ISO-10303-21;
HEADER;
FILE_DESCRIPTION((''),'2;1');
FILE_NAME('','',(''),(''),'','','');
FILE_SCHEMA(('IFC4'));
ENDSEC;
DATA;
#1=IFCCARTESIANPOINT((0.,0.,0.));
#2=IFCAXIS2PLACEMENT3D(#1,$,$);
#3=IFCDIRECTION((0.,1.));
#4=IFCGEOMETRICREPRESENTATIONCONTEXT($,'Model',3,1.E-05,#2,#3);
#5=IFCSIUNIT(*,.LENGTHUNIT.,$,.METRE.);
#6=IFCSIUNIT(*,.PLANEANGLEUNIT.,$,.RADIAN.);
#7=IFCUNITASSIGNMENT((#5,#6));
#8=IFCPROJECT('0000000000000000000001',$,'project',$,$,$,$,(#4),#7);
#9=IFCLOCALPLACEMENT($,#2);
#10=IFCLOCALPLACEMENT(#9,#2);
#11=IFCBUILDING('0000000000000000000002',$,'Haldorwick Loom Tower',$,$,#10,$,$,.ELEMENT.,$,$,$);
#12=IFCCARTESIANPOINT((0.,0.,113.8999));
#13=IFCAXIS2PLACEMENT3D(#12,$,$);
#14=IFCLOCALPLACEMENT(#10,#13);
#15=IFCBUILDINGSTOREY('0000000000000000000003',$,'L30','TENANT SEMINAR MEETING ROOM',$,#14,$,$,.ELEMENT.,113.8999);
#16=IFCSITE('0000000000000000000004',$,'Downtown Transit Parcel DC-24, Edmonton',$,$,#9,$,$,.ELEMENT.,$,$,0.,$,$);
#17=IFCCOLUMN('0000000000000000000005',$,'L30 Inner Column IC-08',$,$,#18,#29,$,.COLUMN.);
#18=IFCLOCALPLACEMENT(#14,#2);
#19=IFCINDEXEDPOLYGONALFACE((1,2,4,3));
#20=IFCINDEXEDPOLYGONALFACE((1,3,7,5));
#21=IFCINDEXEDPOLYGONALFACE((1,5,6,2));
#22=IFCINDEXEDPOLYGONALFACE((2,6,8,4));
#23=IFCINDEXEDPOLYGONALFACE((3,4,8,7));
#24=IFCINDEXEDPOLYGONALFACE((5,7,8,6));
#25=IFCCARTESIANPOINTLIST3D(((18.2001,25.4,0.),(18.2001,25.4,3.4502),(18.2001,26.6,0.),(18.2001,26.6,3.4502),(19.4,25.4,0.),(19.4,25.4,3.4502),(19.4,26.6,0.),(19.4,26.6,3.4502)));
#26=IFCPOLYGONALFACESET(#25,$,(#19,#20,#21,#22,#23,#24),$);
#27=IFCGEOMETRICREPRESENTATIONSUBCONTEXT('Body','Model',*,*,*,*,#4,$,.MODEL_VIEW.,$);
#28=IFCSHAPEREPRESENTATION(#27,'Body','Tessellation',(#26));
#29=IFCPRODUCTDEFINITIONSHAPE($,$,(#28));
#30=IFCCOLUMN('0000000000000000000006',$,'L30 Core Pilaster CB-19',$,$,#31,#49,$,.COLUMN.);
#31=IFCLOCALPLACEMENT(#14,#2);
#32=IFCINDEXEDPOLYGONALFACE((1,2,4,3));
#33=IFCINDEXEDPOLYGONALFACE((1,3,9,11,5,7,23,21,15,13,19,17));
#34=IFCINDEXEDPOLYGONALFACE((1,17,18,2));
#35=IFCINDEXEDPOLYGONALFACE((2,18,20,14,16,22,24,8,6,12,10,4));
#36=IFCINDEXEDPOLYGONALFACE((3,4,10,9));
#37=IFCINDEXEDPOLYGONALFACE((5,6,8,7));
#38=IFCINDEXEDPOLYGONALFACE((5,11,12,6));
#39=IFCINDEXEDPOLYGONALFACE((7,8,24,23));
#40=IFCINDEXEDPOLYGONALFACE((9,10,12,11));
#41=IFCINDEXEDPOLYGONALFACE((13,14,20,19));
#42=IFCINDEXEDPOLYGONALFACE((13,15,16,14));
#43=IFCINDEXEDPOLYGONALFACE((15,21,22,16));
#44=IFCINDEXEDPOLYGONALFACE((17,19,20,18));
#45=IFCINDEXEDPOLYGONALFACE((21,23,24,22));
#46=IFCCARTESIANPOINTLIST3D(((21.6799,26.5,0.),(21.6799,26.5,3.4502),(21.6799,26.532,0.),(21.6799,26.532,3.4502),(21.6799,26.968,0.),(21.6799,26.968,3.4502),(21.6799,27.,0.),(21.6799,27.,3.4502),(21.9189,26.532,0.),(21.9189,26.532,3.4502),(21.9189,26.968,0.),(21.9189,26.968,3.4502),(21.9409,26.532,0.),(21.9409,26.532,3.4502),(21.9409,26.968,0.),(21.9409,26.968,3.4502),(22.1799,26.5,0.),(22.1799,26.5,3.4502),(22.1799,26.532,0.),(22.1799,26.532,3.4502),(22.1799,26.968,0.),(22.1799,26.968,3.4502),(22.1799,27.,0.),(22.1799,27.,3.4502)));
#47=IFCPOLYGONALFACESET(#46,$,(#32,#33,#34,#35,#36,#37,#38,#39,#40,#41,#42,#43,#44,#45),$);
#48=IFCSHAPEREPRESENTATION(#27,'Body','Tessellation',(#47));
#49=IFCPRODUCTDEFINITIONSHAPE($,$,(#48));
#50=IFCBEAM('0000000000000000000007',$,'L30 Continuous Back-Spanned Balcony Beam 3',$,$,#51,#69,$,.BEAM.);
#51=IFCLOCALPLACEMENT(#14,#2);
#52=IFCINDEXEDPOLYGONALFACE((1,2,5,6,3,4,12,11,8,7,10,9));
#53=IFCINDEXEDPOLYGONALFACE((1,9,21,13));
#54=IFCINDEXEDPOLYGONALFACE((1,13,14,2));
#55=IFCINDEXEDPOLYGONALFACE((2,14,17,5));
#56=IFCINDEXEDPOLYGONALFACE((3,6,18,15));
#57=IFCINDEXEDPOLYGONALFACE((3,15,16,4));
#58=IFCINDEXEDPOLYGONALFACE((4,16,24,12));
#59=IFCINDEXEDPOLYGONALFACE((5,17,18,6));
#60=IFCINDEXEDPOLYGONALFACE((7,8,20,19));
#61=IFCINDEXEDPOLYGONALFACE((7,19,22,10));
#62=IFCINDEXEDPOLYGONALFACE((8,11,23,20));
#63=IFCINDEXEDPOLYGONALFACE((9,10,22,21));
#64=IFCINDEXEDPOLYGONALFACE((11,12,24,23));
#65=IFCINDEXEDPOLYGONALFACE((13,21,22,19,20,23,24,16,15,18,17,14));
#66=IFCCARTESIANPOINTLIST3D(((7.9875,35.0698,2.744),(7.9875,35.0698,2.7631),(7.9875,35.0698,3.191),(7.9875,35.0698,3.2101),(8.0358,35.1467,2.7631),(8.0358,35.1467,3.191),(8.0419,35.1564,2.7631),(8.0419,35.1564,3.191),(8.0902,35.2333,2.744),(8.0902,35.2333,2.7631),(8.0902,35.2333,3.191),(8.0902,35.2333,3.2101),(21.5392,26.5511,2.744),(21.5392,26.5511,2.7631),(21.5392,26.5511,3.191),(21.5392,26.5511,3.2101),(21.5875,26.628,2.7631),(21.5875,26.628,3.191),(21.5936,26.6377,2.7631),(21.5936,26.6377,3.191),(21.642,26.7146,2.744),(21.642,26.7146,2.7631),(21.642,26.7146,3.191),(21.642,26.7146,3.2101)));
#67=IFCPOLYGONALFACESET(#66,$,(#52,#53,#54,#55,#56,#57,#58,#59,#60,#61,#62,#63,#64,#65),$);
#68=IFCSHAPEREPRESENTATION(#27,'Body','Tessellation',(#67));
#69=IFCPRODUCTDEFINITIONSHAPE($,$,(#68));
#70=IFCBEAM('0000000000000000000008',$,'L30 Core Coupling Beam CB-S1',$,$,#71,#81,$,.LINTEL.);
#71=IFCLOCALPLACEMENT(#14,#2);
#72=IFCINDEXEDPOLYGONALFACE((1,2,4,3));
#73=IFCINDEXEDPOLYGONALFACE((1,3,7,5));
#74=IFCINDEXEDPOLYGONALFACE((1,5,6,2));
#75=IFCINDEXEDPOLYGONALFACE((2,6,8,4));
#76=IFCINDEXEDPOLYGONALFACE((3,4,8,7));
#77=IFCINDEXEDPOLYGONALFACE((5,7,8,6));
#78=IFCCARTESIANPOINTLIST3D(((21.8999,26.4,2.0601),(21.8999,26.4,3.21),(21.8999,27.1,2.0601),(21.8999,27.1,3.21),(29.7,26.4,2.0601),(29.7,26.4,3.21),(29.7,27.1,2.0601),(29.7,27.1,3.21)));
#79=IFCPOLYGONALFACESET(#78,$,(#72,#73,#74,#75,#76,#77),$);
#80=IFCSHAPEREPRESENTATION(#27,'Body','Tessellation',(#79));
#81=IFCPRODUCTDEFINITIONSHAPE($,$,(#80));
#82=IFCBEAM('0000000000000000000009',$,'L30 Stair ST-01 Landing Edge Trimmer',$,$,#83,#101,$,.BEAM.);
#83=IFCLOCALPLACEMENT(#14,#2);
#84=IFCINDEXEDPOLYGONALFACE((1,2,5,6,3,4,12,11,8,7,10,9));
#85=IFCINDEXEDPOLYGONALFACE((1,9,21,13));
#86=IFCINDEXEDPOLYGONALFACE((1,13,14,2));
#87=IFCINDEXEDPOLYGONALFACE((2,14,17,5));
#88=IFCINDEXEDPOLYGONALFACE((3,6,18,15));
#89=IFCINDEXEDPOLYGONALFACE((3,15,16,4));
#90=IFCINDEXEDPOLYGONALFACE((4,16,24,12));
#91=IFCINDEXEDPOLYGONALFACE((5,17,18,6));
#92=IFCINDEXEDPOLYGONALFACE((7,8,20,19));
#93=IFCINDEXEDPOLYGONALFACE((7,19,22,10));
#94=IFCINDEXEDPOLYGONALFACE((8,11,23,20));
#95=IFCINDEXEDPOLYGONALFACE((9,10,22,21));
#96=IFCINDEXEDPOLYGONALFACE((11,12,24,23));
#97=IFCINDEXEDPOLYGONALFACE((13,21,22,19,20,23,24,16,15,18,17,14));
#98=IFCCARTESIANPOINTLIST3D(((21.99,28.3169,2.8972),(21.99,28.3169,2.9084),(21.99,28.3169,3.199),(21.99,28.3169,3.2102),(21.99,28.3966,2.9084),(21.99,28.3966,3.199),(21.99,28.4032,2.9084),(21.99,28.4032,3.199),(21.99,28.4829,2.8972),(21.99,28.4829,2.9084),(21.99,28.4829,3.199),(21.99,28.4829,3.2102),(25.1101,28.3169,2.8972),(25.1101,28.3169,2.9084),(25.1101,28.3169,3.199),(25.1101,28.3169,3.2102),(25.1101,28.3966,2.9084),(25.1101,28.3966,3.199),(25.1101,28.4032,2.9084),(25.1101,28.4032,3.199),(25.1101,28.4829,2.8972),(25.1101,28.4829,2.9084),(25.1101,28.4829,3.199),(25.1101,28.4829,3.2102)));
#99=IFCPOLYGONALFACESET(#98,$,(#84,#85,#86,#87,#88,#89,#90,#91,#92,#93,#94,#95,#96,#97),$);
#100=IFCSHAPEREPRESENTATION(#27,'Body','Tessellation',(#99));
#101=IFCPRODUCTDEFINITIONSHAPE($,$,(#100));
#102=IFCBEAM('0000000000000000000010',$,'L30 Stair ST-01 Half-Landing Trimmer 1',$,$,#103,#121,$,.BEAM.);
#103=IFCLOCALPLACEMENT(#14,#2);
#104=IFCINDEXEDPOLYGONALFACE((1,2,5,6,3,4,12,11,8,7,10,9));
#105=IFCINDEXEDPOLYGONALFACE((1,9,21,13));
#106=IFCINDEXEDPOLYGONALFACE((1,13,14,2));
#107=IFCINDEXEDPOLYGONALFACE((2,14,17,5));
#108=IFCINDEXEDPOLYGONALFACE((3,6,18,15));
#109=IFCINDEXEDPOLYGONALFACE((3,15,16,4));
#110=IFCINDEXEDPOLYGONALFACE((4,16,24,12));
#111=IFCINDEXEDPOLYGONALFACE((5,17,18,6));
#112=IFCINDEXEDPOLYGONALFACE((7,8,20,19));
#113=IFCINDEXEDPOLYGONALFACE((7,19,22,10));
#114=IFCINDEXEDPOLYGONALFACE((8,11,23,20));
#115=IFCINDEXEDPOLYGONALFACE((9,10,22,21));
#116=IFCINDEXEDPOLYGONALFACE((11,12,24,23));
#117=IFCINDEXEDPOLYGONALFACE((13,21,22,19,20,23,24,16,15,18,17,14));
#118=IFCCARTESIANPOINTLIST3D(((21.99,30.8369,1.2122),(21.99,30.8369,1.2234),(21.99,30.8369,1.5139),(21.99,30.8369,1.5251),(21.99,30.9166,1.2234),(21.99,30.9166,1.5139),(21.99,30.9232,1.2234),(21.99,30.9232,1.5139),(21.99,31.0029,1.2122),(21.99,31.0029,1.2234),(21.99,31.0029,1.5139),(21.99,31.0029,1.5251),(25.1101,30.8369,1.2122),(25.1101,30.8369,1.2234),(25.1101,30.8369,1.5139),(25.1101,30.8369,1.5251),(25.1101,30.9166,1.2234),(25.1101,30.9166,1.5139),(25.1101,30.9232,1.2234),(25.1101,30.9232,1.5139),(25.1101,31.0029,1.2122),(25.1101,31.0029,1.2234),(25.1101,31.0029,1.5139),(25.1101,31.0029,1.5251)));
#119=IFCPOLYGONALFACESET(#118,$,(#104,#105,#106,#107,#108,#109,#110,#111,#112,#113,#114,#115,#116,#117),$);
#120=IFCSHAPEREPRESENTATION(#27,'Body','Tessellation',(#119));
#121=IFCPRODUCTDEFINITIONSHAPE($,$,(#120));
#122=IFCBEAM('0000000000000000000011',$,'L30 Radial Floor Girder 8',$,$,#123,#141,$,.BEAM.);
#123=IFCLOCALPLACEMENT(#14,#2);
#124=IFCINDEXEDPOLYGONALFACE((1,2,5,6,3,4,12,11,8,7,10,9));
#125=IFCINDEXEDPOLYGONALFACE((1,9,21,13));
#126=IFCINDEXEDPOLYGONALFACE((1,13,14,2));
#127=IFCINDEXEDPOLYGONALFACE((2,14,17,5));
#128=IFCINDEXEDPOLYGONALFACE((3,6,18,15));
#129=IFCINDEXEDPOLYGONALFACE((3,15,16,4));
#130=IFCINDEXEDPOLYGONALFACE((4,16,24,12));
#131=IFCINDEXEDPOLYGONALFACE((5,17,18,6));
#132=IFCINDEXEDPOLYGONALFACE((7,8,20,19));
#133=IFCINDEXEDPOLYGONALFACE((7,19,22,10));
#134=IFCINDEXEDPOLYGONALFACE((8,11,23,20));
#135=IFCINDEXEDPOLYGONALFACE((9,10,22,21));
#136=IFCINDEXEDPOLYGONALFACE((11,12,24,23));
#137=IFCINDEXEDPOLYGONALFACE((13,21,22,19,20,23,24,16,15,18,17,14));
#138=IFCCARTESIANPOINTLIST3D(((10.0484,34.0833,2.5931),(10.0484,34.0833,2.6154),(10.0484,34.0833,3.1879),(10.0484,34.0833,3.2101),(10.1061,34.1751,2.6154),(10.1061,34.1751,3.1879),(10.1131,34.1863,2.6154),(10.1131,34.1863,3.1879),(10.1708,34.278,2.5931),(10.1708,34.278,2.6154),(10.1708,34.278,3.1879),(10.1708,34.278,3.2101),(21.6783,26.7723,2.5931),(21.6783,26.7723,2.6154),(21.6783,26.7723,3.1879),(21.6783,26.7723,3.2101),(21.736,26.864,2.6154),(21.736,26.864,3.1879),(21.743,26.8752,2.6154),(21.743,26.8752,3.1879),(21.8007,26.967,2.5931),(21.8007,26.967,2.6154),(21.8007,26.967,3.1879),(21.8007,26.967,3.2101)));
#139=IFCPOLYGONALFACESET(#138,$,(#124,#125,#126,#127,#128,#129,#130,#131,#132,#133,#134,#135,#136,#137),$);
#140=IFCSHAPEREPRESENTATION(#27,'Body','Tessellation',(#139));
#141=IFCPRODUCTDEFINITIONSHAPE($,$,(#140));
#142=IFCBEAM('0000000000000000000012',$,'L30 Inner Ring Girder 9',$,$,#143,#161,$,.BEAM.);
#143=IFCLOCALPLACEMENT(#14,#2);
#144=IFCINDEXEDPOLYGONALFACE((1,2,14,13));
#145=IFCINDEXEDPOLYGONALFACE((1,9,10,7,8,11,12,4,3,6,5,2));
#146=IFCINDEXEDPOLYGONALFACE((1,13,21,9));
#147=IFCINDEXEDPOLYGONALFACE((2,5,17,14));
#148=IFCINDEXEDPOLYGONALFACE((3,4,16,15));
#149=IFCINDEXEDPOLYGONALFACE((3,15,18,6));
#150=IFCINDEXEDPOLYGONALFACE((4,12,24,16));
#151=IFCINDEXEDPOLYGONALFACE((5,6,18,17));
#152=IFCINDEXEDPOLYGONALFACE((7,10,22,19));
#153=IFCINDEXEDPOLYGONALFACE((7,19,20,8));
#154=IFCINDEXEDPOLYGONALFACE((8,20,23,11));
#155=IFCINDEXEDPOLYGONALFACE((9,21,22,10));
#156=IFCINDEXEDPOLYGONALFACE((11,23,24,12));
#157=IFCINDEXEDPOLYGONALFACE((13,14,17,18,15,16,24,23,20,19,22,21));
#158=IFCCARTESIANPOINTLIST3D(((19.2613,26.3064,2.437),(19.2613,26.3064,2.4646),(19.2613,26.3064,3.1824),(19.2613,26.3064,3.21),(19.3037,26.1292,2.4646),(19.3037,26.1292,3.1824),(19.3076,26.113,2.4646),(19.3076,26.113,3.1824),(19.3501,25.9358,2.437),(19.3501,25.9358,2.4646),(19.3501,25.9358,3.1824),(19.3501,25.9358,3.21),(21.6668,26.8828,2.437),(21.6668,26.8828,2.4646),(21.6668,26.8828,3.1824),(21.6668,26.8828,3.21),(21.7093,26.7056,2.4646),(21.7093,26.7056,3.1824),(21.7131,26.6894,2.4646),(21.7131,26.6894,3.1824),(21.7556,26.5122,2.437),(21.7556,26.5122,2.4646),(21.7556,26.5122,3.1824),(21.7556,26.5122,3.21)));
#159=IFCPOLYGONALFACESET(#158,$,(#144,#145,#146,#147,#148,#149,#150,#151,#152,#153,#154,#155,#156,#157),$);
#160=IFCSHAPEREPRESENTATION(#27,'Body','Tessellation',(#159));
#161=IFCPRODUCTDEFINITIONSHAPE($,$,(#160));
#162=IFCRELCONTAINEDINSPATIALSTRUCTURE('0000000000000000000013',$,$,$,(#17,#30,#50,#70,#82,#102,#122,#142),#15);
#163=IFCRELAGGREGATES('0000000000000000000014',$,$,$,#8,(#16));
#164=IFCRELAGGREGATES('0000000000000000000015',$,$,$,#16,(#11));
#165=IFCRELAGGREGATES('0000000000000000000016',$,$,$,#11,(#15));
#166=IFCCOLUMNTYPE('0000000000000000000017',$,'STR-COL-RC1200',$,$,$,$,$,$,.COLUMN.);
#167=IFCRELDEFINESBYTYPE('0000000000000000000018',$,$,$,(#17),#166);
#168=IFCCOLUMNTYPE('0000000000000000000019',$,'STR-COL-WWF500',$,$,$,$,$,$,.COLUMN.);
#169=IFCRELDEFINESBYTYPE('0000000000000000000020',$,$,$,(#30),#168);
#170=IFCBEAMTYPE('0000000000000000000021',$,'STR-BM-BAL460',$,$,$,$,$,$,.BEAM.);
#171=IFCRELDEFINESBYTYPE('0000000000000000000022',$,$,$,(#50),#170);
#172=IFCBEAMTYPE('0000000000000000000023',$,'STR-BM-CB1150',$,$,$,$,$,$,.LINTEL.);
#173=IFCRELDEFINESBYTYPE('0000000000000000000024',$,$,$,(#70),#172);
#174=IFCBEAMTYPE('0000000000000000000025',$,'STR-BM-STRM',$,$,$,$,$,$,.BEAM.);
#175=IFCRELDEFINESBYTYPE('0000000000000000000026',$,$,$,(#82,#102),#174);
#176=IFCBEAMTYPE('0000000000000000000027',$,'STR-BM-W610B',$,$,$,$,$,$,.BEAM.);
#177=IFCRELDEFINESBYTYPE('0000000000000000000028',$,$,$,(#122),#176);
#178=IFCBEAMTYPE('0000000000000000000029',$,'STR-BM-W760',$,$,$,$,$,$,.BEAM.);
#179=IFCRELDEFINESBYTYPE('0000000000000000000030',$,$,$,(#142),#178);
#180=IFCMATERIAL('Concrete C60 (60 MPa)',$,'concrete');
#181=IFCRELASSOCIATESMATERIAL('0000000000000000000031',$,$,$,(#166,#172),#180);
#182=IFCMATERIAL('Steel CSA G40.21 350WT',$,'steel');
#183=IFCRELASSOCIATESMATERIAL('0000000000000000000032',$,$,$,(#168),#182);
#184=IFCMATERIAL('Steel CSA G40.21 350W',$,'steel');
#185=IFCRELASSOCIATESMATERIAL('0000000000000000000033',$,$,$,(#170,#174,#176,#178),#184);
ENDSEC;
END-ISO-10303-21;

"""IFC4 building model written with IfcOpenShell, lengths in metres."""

from ifc_helpers import new_model, si_unit, direction, frame, origin, origin_2d, place, context, subcontext, project, spatial, rectangle, i_section, extrude, material, material_profile, profile_set, type_object, element, save


model = new_model("IFC4")

# Units and contexts
model_context = context("Model", 3, precision=1e-05, world=origin(), true_north=direction((0.0, 1.0)))
body_context = subcontext(model_context, "Body", "Model", "MODEL_VIEW")
ifc_project = project(units=[si_unit("LENGTHUNIT", "METRE"), si_unit("PLANEANGLEUNIT", "RADIAN")], contexts=[model_context])

# Site, building, storey
site_placement = place(None, origin())
site = spatial("IfcSite", under=ifc_project, at=site_placement, Name="Downtown Transit Parcel DC-24, Edmonton", CompositionType="ELEMENT", RefElevation=0.0)
building_placement = place(site_placement, origin())
building = spatial("IfcBuilding", under=site, at=building_placement, Name="Haldorwick Loom Tower", CompositionType="ELEMENT")
storey_placement = place(building_placement, frame((0.0, 0.0, 113.8999)))
storey = spatial("IfcBuildingStorey", under=building, at=storey_placement, Name="L30", Description="TENANT SEMINAR MEETING ROOM", CompositionType="ELEMENT", Elevation=113.8999)

# Columns
ifc_material_1 = material(Name="Concrete C60 (60 MPa)", Category="concrete")
ifc_material_profile_1 = material_profile(ifc_material_1, rectangle(XDim=1.2, YDim=1.2, at=origin_2d()), Name="RC1200X1200", Category="concrete")
ifc_profile_set_1 = profile_set([ifc_material_profile_1], Name="Concrete C60 (60 MPa)")
column_type_1 = type_object("IfcColumnType", Name="STR-COL-RC1200", PredefinedType="COLUMN", material=ifc_profile_set_1)
column_1_placement = place(storey_placement, frame((18.8, 26.0, 0.0), z_axis=(0.0, 0.0, 1.0), x_axis=(1.0, 0.0, 0.0)))
element("IfcColumn", 1, at=column_1_placement, inside=storey, type_object=column_type_1, Name="L30 Inner Column IC-08", PredefinedType="COLUMN", context=body_context, shape_type="SweptSolid", body=[
    extrude(rectangle(XDim=1.2, YDim=1.2, at=origin_2d()), origin(), (0.0, 0.0, 1.0), 3.4502),
])
ifc_material_2 = material(Name="Steel CSA G40.21 350WT", Category="steel")
ifc_material_profile_2 = material_profile(ifc_material_2, i_section(OverallWidth=0.5, OverallDepth=0.5, WebThickness=0.022, FlangeThickness=0.032, at=origin_2d()), Name="WWF500X500", Category="steel")
ifc_profile_set_2 = profile_set([ifc_material_profile_2], Name="Steel CSA G40.21 350WT")
column_type_2 = type_object("IfcColumnType", Name="STR-COL-WWF500", PredefinedType="COLUMN", material=ifc_profile_set_2)
column_2_placement = place(storey_placement, frame((21.9299, 26.75, 0.0), z_axis=(0.0, 0.0, 1.0), x_axis=(1.0, 0.0, 0.0)))
element("IfcColumn", 2, at=column_2_placement, inside=storey, type_object=column_type_2, Name="L30 Core Pilaster CB-19", PredefinedType="COLUMN", context=body_context, shape_type="SweptSolid", body=[
    extrude(i_section(OverallWidth=0.5, OverallDepth=0.5, WebThickness=0.022, FlangeThickness=0.032, at=origin_2d()), origin(), (0.0, 0.0, 1.0), 3.4502),
])

# Beams
ifc_material_3 = material(Name="Steel CSA G40.21 350W", Category="steel")
ifc_material_profile_3 = material_profile(ifc_material_3, i_section(OverallWidth=0.1931, OverallDepth=0.4661, WebThickness=0.0115, FlangeThickness=0.019, at=origin_2d()), Name="W460X97", Category="steel")
ifc_profile_set_3 = profile_set([ifc_material_profile_3], Name="Steel CSA G40.21 350W")
beam_type_1 = type_object("IfcBeamType", Name="STR-BM-BAL460", PredefinedType="BEAM", material=ifc_profile_set_3)
beam_1_placement = place(storey_placement, frame((21.5906, 26.6328, 2.9771), z_axis=(-0.846621, 0.532196, 0.0), x_axis=(-0.532196, -0.846621, 0.0)))
element("IfcBeam", 3, at=beam_1_placement, inside=storey, type_object=beam_type_1, Name="L30 Continuous Back-Spanned Balcony Beam 3", PredefinedType="BEAM", context=body_context, shape_type="SweptSolid", body=[
    extrude(i_section(OverallWidth=0.1931, OverallDepth=0.4661, WebThickness=0.0115, FlangeThickness=0.019, at=origin_2d()), origin(), (0.0, 0.0, 1.0), 16.0068),
])
ifc_material_profile_4 = material_profile(ifc_material_1, rectangle(XDim=0.7, YDim=1.1499, at=origin_2d()), Name="RC700X1150", Category="concrete")
ifc_profile_set_4 = profile_set([ifc_material_profile_4], Name="Concrete C60 (60 MPa)")
beam_type_2 = type_object("IfcBeamType", Name="STR-BM-CB1150", PredefinedType="LINTEL", material=ifc_profile_set_4)
beam_2_placement = place(storey_placement, frame((21.8999, 26.75, 2.635), z_axis=(1.0, 0.0, 0.0), x_axis=(0.0, 1.0, 0.0)))
element("IfcBeam", 4, at=beam_2_placement, inside=storey, type_object=beam_type_2, Name="L30 Core Coupling Beam CB-S1", PredefinedType="LINTEL", context=body_context, shape_type="SweptSolid", body=[
    extrude(rectangle(XDim=0.7, YDim=1.1499, at=origin_2d()), origin(), (0.0, 0.0, 1.0), 7.8),
])
ifc_material_profile_5 = material_profile(ifc_material_3, i_section(OverallWidth=0.166, OverallDepth=0.313, WebThickness=0.0066, FlangeThickness=0.0112, at=origin_2d()), Name="W310X45", Category="steel")
ifc_profile_set_5 = profile_set([ifc_material_profile_5], Name="Steel CSA G40.21 350W")
beam_type_3 = type_object("IfcBeamType", Name="STR-BM-STRM", PredefinedType="BEAM", material=ifc_profile_set_5)
for number, where, z_axis, x_axis, name in (
    (5, (21.99, 28.3999, 3.0537), (1.0, 0.0, 0.0), (0.0, 1.0, 0.0), "L30 Stair ST-01 Landing Edge Trimmer"),
    (6, (21.99, 30.9199, 1.3687), (1.0, 0.0, 0.0), (0.0, 1.0, 0.0), "L30 Stair ST-01 Half-Landing Trimmer 1"),
):
    element("IfcBeam", number, at=place(storey_placement, frame(where, z_axis=z_axis, x_axis=x_axis)), inside=storey, type_object=beam_type_3, Name=name, PredefinedType="BEAM", context=body_context, shape_type="SweptSolid", body=[
        extrude(i_section(OverallWidth=0.166, OverallDepth=0.313, WebThickness=0.0066, FlangeThickness=0.0112, at=origin_2d()), origin(), (0.0, 0.0, 1.0), 3.1201),
    ])
ifc_material_profile_6 = material_profile(ifc_material_3, i_section(OverallWidth=0.23, OverallDepth=0.6169, WebThickness=0.0132, FlangeThickness=0.0222, at=origin_2d()), Name="W610X140", Category="steel")
ifc_profile_set_6 = profile_set([ifc_material_profile_6], Name="Steel CSA G40.21 350W")
beam_type_4 = type_object("IfcBeamType", Name="STR-BM-W610B", PredefinedType="BEAM", material=ifc_profile_set_6)
beam_3_placement = place(storey_placement, frame((21.7395, 26.8696, 2.9016), z_axis=(-0.84661, 0.532214, 0.0), x_axis=(-0.532214, -0.84661, 0.0)))
element("IfcBeam", 7, at=beam_3_placement, inside=storey, type_object=beam_type_4, Name="L30 Radial Floor Girder 8", PredefinedType="BEAM", context=body_context, shape_type="SweptSolid", body=[
    extrude(i_section(OverallWidth=0.23, OverallDepth=0.6169, WebThickness=0.0132, FlangeThickness=0.0222, at=origin_2d()), origin(), (0.0, 0.0, 1.0), 13.7371),
])
ifc_material_profile_7 = material_profile(ifc_material_3, i_section(OverallWidth=0.3811, OverallDepth=0.7729, WebThickness=0.0166, FlangeThickness=0.0276, at=origin_2d()), Name="W760X257", Category="steel")
ifc_profile_set_7 = profile_set([ifc_material_profile_7], Name="Steel CSA G40.21 350W")
beam_type_5 = type_object("IfcBeamType", Name="STR-BM-W760", PredefinedType="BEAM", material=ifc_profile_set_7)
beam_4_placement = place(storey_placement, frame((19.3057, 26.1211, 2.8235), z_axis=(0.972471, 0.233026, 0.0), x_axis=(-0.233026, 0.972471, 0.0)))
element("IfcBeam", 8, at=beam_4_placement, inside=storey, type_object=beam_type_5, Name="L30 Inner Ring Girder 9", PredefinedType="BEAM", context=body_context, shape_type="SweptSolid", body=[
    extrude(i_section(OverallWidth=0.3811, OverallDepth=0.7729, WebThickness=0.0166, FlangeThickness=0.0276, at=origin_2d()), origin(), (0.0, 0.0, 1.0), 2.4736),
])

save(model, "model.ifc")
